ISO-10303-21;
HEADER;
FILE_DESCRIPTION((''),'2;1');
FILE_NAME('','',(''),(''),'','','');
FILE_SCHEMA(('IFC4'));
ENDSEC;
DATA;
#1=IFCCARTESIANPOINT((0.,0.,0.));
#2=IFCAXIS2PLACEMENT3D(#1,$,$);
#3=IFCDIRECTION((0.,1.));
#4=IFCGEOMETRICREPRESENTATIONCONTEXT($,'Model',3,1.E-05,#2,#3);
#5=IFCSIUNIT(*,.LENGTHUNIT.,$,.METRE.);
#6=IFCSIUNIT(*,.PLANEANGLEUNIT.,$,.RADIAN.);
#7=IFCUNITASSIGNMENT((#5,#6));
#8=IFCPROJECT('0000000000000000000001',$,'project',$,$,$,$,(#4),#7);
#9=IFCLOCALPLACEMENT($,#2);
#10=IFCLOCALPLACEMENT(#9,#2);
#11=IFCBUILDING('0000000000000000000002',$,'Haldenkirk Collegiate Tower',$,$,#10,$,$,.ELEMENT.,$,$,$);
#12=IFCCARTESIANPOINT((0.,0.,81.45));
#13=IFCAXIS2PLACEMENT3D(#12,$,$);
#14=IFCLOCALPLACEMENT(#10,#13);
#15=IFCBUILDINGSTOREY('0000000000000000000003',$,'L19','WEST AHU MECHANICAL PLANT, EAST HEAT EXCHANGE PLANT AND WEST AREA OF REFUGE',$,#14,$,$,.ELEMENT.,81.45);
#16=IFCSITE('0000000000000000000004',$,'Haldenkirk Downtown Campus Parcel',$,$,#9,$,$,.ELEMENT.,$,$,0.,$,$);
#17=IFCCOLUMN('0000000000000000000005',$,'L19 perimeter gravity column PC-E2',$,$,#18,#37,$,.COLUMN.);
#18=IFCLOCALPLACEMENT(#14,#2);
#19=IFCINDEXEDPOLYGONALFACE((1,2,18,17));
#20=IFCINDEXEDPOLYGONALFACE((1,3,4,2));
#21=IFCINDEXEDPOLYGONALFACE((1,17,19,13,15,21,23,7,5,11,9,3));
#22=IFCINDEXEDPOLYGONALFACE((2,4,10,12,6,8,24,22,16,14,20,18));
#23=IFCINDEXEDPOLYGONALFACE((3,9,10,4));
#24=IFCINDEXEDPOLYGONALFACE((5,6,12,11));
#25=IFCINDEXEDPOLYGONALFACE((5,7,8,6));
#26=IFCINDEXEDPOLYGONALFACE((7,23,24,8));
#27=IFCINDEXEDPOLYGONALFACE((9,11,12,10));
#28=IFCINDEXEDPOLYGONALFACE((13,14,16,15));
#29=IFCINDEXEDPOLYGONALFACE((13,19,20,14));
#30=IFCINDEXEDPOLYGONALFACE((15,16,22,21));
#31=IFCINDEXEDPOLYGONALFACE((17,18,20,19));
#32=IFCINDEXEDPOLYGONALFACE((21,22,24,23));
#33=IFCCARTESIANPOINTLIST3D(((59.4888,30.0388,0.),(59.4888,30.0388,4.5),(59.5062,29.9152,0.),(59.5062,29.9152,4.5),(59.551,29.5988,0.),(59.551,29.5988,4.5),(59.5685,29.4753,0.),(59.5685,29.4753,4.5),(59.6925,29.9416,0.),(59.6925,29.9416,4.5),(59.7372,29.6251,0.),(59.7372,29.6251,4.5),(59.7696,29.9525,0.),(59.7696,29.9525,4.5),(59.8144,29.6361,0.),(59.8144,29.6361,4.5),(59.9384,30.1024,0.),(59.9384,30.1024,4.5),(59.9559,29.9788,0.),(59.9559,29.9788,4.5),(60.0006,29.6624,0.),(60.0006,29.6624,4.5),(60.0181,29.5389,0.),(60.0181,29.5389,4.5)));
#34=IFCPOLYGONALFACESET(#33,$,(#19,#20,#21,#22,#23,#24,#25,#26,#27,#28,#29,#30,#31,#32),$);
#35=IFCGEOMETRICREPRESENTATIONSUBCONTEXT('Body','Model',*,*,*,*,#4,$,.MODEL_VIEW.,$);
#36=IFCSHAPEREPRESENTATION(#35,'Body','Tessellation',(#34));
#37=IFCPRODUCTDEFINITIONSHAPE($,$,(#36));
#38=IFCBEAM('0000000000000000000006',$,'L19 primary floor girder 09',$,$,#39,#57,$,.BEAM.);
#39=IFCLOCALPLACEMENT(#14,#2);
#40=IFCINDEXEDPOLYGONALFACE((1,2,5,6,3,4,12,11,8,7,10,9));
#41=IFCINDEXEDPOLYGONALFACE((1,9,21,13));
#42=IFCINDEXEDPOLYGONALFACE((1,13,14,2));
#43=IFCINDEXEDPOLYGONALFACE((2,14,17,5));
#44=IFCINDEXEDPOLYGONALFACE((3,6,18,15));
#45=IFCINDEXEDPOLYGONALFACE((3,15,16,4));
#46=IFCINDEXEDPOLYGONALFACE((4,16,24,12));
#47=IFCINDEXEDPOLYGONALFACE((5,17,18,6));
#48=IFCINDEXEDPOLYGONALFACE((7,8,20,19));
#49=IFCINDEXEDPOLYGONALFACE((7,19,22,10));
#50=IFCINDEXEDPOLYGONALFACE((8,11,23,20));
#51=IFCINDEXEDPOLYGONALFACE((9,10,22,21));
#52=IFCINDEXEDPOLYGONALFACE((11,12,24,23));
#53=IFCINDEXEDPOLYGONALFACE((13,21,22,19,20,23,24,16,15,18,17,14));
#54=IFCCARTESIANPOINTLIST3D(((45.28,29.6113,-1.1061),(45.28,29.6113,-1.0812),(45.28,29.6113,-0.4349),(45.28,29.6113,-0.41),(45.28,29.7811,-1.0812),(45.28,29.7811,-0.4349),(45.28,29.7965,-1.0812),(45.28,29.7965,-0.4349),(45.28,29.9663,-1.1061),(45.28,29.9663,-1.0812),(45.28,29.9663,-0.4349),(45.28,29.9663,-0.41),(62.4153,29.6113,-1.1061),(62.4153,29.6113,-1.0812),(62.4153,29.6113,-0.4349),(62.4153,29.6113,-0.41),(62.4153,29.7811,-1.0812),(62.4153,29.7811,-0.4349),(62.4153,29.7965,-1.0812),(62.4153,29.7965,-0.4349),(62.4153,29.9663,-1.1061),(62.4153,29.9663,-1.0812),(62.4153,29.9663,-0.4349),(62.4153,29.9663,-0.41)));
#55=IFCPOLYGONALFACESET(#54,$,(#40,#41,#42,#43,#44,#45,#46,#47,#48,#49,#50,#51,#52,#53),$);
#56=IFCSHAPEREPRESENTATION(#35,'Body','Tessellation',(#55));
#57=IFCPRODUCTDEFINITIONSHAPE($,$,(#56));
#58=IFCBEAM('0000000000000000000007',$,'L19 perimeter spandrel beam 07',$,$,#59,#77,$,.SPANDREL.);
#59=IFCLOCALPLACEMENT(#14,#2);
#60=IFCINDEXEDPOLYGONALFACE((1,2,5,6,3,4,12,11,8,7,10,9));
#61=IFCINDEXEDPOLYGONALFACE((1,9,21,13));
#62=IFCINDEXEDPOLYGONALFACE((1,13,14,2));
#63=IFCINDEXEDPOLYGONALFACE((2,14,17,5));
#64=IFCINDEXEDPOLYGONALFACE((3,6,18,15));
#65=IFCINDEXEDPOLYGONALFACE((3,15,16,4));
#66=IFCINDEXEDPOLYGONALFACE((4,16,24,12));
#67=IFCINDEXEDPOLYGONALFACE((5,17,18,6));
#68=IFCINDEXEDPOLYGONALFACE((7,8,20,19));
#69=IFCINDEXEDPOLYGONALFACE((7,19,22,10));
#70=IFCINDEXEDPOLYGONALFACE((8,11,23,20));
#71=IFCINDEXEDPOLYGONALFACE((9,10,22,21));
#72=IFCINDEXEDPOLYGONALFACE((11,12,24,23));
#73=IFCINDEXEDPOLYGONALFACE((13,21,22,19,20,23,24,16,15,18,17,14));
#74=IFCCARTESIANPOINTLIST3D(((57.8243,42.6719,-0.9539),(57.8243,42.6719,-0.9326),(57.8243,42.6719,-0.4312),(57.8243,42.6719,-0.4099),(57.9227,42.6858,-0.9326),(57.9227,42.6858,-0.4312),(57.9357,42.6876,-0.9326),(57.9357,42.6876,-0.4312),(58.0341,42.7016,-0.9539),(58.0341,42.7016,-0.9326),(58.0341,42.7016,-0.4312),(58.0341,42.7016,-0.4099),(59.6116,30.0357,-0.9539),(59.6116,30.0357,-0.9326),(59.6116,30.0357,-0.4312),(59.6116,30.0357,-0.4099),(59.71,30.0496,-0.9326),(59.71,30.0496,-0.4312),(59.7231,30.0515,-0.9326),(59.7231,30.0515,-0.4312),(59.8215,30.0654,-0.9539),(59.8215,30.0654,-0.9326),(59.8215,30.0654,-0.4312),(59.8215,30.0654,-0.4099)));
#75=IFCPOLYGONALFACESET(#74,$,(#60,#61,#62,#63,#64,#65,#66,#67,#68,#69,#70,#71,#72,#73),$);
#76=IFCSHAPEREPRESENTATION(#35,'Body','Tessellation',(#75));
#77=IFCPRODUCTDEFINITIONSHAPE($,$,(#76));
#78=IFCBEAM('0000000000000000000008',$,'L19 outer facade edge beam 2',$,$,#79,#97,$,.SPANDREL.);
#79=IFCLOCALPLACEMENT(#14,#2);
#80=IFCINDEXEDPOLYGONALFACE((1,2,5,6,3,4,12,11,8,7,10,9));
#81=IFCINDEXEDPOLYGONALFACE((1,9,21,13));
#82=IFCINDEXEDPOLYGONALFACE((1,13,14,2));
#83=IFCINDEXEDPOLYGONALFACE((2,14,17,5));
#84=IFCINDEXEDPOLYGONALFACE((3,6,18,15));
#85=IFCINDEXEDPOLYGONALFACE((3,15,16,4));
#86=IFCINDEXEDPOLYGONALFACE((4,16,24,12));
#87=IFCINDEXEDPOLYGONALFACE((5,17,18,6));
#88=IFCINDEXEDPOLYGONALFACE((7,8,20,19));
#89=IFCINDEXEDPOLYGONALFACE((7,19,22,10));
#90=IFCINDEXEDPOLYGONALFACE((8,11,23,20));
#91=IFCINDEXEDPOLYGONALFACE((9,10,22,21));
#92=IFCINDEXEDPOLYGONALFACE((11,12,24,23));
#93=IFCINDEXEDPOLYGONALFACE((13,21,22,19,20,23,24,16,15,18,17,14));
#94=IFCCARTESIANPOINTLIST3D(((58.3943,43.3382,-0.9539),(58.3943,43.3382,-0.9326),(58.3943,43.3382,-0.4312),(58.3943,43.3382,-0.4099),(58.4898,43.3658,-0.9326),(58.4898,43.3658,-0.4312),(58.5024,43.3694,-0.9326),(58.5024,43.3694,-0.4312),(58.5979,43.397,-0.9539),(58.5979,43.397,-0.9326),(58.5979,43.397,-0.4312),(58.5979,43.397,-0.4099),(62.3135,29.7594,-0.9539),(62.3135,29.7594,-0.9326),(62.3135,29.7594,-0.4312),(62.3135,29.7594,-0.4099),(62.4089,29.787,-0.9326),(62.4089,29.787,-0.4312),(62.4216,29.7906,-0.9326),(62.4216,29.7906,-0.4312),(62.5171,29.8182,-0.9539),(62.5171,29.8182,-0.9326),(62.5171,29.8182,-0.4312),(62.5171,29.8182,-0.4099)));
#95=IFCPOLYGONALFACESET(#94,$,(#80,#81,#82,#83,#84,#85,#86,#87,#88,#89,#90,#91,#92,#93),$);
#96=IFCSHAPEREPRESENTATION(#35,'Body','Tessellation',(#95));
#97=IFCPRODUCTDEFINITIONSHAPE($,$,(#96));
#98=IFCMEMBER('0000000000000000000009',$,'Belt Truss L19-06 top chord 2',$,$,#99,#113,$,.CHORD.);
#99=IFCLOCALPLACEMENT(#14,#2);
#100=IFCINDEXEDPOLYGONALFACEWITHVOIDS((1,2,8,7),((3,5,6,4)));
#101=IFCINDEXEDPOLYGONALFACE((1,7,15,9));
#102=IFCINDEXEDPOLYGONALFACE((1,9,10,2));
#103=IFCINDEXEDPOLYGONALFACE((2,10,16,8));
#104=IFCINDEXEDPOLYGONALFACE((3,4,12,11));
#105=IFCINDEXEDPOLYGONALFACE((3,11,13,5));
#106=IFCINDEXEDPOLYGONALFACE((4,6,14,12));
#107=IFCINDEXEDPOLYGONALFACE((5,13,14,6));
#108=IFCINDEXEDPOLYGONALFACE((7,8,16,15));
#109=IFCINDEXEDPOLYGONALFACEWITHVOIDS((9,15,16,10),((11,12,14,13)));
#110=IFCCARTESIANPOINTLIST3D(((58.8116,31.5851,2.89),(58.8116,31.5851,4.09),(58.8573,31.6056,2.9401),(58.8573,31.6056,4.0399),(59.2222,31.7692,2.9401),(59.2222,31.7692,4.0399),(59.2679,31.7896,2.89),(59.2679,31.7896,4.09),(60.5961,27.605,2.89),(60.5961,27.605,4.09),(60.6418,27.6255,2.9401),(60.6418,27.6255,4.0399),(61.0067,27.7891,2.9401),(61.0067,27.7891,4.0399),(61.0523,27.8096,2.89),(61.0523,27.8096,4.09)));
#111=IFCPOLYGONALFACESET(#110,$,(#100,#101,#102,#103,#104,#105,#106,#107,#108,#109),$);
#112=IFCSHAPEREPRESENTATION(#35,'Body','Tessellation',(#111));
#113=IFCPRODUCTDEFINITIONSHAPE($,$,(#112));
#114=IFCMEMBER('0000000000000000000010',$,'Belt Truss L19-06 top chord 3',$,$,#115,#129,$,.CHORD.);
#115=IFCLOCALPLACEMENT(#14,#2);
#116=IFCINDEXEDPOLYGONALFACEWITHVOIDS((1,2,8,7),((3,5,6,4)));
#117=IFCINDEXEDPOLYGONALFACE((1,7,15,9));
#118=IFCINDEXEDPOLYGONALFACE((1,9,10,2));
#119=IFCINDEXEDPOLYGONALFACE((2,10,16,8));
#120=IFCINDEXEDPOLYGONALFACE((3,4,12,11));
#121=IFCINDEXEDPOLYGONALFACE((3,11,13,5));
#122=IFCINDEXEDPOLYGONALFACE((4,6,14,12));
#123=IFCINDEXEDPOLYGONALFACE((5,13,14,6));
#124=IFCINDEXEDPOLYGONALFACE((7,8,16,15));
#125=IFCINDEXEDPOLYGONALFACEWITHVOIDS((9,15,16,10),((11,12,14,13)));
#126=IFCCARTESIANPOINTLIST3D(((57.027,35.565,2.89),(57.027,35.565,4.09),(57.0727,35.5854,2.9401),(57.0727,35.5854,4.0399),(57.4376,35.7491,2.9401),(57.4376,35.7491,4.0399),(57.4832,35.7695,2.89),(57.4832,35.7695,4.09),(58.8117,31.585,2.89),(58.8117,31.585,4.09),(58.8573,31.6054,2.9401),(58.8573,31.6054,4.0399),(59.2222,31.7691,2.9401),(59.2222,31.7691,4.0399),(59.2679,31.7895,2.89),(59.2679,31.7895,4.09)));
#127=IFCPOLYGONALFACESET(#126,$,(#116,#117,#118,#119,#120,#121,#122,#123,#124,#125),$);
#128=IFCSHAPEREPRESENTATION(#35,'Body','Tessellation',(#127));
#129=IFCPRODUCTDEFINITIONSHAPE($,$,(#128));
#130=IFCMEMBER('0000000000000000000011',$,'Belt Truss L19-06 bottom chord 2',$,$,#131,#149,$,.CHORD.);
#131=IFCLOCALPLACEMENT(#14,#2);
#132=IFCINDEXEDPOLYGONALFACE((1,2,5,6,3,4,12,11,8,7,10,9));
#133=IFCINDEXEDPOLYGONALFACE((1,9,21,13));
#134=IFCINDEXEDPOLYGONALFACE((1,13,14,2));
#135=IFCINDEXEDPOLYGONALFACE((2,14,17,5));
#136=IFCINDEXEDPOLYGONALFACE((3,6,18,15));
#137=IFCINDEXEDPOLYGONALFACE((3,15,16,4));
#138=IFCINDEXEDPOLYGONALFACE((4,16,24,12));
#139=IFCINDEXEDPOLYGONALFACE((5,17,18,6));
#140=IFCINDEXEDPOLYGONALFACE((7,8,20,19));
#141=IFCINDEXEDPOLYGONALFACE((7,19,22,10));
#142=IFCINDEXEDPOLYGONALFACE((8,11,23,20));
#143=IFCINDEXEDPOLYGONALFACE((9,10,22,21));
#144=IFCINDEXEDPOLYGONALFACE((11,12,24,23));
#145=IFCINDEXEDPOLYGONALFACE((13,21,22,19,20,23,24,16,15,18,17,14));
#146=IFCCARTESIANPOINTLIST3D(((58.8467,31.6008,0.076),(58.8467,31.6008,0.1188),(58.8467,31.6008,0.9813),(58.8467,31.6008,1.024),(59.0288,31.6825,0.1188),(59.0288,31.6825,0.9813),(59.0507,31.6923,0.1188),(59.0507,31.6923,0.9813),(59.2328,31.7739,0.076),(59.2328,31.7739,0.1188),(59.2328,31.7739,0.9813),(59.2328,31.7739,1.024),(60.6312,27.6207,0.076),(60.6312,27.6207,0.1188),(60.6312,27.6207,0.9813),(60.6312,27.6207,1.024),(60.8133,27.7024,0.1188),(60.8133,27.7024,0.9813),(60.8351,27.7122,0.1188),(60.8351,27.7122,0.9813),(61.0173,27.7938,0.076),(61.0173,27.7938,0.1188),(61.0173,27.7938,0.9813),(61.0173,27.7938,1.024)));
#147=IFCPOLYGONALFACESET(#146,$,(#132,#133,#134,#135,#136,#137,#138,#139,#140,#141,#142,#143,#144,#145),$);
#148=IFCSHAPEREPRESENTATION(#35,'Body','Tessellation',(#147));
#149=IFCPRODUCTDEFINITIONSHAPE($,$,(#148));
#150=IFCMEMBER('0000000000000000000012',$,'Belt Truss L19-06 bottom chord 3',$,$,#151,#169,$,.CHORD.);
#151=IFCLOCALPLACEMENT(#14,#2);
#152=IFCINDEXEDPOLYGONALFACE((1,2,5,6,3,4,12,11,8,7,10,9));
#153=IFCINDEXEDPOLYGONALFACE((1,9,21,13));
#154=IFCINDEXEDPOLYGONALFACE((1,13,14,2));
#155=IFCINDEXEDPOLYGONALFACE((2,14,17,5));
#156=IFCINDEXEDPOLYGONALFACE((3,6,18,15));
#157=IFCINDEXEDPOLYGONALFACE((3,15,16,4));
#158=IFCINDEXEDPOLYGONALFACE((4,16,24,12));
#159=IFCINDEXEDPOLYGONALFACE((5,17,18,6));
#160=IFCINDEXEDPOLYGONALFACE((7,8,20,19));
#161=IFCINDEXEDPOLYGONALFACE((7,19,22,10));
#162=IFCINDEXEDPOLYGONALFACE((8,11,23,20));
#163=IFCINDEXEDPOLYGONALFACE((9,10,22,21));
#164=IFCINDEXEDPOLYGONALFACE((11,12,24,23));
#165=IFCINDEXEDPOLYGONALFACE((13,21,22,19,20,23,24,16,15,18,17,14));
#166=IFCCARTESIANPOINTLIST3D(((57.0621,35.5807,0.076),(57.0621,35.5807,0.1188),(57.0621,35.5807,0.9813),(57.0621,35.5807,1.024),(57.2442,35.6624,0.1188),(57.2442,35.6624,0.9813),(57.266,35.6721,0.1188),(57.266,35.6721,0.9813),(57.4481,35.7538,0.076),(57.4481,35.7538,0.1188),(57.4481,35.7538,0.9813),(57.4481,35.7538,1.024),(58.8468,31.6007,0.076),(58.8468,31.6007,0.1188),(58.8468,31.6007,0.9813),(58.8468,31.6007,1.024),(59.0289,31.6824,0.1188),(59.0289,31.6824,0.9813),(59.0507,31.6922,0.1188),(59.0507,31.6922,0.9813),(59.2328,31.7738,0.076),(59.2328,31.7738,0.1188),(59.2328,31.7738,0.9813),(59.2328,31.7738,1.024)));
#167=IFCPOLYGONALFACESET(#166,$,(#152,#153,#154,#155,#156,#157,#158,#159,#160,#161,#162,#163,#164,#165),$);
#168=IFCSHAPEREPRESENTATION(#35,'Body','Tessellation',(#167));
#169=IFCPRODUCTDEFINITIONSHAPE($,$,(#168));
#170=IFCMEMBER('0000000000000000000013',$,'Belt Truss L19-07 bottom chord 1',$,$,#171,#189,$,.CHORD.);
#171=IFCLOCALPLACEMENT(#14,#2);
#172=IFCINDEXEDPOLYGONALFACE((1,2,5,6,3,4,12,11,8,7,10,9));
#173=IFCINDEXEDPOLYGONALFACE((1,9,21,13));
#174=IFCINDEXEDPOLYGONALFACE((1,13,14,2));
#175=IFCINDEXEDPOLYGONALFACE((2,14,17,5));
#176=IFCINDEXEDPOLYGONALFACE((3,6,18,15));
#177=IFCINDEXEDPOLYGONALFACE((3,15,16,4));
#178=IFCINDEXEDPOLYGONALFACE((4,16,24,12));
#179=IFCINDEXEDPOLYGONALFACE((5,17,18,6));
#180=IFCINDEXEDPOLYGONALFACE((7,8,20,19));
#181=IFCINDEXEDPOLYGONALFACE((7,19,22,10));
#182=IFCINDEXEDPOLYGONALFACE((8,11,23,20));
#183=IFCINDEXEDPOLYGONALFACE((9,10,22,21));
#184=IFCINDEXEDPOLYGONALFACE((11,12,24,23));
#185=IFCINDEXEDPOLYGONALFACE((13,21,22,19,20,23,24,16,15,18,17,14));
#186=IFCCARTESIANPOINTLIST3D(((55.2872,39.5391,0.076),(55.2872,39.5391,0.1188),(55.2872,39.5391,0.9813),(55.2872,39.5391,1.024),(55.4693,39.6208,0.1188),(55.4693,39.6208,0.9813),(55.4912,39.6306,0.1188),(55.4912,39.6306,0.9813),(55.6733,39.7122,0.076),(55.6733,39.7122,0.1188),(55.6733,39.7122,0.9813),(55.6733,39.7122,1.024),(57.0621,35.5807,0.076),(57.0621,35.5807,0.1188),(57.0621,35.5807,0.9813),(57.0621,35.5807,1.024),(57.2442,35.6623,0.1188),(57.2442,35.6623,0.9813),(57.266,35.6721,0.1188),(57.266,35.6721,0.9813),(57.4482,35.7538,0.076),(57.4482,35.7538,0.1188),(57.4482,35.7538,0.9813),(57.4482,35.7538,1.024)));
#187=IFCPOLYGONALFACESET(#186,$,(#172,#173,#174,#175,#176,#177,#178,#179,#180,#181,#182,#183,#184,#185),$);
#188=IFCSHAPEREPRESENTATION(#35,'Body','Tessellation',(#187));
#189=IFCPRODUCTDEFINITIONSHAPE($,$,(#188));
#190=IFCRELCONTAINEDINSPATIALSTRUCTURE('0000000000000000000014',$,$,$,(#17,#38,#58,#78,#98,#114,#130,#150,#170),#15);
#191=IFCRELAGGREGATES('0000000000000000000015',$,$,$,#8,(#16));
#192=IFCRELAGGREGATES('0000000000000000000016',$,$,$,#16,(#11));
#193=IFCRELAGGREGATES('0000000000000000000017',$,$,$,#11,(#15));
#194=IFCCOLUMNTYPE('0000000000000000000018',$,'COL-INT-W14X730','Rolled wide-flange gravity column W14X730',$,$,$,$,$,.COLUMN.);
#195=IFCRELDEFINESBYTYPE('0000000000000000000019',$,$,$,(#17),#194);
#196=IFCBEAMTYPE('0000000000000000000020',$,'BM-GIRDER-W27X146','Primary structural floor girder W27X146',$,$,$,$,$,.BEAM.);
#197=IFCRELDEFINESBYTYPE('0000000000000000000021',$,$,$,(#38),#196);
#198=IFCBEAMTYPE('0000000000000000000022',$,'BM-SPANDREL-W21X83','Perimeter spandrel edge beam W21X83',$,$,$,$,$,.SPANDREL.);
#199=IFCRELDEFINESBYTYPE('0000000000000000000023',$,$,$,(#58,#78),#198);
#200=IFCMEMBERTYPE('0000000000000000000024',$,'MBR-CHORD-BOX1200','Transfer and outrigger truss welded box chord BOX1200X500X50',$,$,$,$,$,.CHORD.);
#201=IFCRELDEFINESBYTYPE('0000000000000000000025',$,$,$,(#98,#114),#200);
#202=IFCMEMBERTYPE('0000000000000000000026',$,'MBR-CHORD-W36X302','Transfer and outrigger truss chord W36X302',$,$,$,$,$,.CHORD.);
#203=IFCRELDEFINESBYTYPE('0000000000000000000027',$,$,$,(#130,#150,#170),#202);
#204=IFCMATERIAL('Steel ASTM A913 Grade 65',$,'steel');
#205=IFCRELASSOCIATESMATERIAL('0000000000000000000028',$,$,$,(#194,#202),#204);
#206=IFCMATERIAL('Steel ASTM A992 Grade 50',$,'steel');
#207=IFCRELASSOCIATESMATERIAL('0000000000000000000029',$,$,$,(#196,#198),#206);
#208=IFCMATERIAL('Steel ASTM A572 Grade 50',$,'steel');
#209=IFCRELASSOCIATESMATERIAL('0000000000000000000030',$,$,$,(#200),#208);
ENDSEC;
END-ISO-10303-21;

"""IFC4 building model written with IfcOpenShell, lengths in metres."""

from ifc_helpers import new_model, si_unit, direction, frame, origin, origin_2d, place, context, subcontext, project, spatial, hollow_rectangle, i_section, extrude, material, material_profile, profile_set, type_object, element, save


model = new_model("IFC4")

# Units and contexts
model_context = context("Model", 3, precision=1e-05, world=origin(), true_north=direction((0.0, 1.0)))
body_context = subcontext(model_context, "Body", "Model", "MODEL_VIEW")
ifc_project = project(units=[si_unit("LENGTHUNIT", "METRE"), si_unit("PLANEANGLEUNIT", "RADIAN")], contexts=[model_context])

# Site, building, storey
site_placement = place(None, origin())
site = spatial("IfcSite", under=ifc_project, at=site_placement, Name="Haldenkirk Downtown Campus Parcel", CompositionType="ELEMENT", RefElevation=0.0)
building_placement = place(site_placement, origin())
building = spatial("IfcBuilding", under=site, at=building_placement, Name="Haldenkirk Collegiate Tower", CompositionType="ELEMENT")
storey_placement = place(building_placement, frame((0.0, 0.0, 81.45)))
storey = spatial("IfcBuildingStorey", under=building, at=storey_placement, Name="L19", Description="WEST AHU MECHANICAL PLANT, EAST HEAT EXCHANGE PLANT AND WEST AREA OF REFUGE", CompositionType="ELEMENT", Elevation=81.45)

# Column
ifc_material_1 = material(Name="Steel ASTM A913 Grade 65", Category="steel")
ifc_material_profile_1 = material_profile(ifc_material_1, i_section(OverallWidth=0.4541, OverallDepth=0.5691, WebThickness=0.0779, FlangeThickness=0.1248, at=origin_2d()), Name="W14X730")
ifc_profile_set_1 = profile_set([ifc_material_profile_1], Name="Steel ASTM A913 Grade 65")
column_type = type_object("IfcColumnType", Name="COL-INT-W14X730", Description="Rolled wide-flange gravity column W14X730", PredefinedType="COLUMN", material=ifc_profile_set_1)
column_placement = place(storey_placement, frame((59.7534, 29.7888, 0.0), z_axis=(0.0, 0.0, 1.0), x_axis=(0.990146, 0.140037, 0.0)))
element("IfcColumn", 1, at=column_placement, inside=storey, type_object=column_type, Name="L19 perimeter gravity column PC-E2", PredefinedType="COLUMN", context=body_context, shape_type="SweptSolid", body=[
    extrude(i_section(OverallWidth=0.4541, OverallDepth=0.5691, WebThickness=0.0779, FlangeThickness=0.1248, at=origin_2d()), origin(), (0.0, 0.0, 1.0), 4.5),
])

# Beams
ifc_material_2 = material(Name="Steel ASTM A992 Grade 50", Category="steel")
ifc_material_profile_2 = material_profile(ifc_material_2, i_section(OverallWidth=0.355, OverallDepth=0.696, WebThickness=0.0154, FlangeThickness=0.0249, at=origin_2d()), Name="W27X146")
ifc_profile_set_2 = profile_set([ifc_material_profile_2], Name="Steel ASTM A992 Grade 50")
beam_type_1 = type_object("IfcBeamType", Name="BM-GIRDER-W27X146", Description="Primary structural floor girder W27X146", PredefinedType="BEAM", material=ifc_profile_set_2)
beam_1_placement = place(storey_placement, frame((62.4153, 29.7888, -0.7581), z_axis=(-1.0, 0.0, 0.0), x_axis=(0.0, -1.0, 0.0)))
element("IfcBeam", 2, at=beam_1_placement, inside=storey, type_object=beam_type_1, Name="L19 primary floor girder 09", PredefinedType="BEAM", context=body_context, shape_type="SweptSolid", body=[
    extrude(i_section(OverallWidth=0.355, OverallDepth=0.696, WebThickness=0.0154, FlangeThickness=0.0249, at=origin_2d()), origin(), (0.0, 0.0, 1.0), 17.1353),
])
ifc_material_profile_3 = material_profile(ifc_material_2, i_section(OverallWidth=0.2119, OverallDepth=0.5439, WebThickness=0.0132, FlangeThickness=0.0212, at=origin_2d()), Name="W21X83")
ifc_profile_set_3 = profile_set([ifc_material_profile_3], Name="Steel ASTM A992 Grade 50")
beam_type_2 = type_object("IfcBeamType", Name="BM-SPANDREL-W21X83", Description="Perimeter spandrel edge beam W21X83", PredefinedType="SPANDREL", material=ifc_profile_set_3)
beam_2_placement = place(storey_placement, frame((59.7166, 30.0505, -0.6819), z_axis=(-0.140053, 0.990144, 0.0), x_axis=(-0.990144, -0.140053, 0.0)))
element("IfcBeam", 3, at=beam_2_placement, inside=storey, type_object=beam_type_2, Name="L19 perimeter spandrel beam 07", PredefinedType="SPANDREL", context=body_context, shape_type="SweptSolid", body=[
    extrude(i_section(OverallWidth=0.2119, OverallDepth=0.5439, WebThickness=0.0132, FlangeThickness=0.0212, at=origin_2d()), origin(), (0.0, 0.0, 1.0), 12.762),
])
beam_3_placement = place(storey_placement, frame((62.4153, 29.7888, -0.6819), z_axis=(-0.277305, 0.960782, 0.0), x_axis=(-0.960782, -0.277305, 0.0)))
element("IfcBeam", 4, at=beam_3_placement, inside=storey, type_object=beam_type_2, Name="L19 outer facade edge beam 2", PredefinedType="SPANDREL", context=body_context, shape_type="SweptSolid", body=[
    extrude(i_section(OverallWidth=0.2119, OverallDepth=0.5439, WebThickness=0.0132, FlangeThickness=0.0212, at=origin_2d()), origin(), (0.0, 0.0, 1.0), 14.1331),
])

# Members
ifc_material_3 = material(Name="Steel ASTM A572 Grade 50", Category="steel")
ifc_material_profile_4 = material_profile(ifc_material_3, hollow_rectangle(XDim=0.5, YDim=1.2, WallThickness=0.05, at=origin_2d()), Name="BOX1200X500X50")
ifc_profile_set_4 = profile_set([ifc_material_profile_4], Name="Steel ASTM A572 Grade 50")
member_type_1 = type_object("IfcMemberType", Name="MBR-CHORD-BOX1200", Description="Transfer and outrigger truss welded box chord BOX1200X500X50", PredefinedType="CHORD", material=ifc_profile_set_4)
for number, where, z_axis, x_axis, name in (
    (5, (60.8242, 27.7073, 3.49), (-0.409112, 0.912484, 0.0), (-0.912484, -0.409112, 0.0), "Belt Truss L19-06 top chord 2"),
    (6, (59.0398, 31.6873, 3.49), (-0.409159, 0.912463, 0.0), (-0.912463, -0.409159, 0.0), "Belt Truss L19-06 top chord 3"),
):
    element("IfcMember", number, at=place(storey_placement, frame(where, z_axis=z_axis, x_axis=x_axis)), inside=storey, type_object=member_type_1, Name=name, PredefinedType="CHORD", context=body_context, shape_type="SweptSolid", body=[
        extrude(hollow_rectangle(XDim=0.5, YDim=1.2, WallThickness=0.05, at=origin_2d()), origin(), (0.0, 0.0, 1.0), 4.3618),
    ])
ifc_material_profile_5 = material_profile(ifc_material_1, i_section(OverallWidth=0.4231, OverallDepth=0.948, WebThickness=0.0239, FlangeThickness=0.0427, at=origin_2d()), Name="W36X302")
ifc_profile_set_5 = profile_set([ifc_material_profile_5], Name="Steel ASTM A913 Grade 65")
member_type_2 = type_object("IfcMemberType", Name="MBR-CHORD-W36X302", Description="Transfer and outrigger truss chord W36X302", PredefinedType="CHORD", material=ifc_profile_set_5)
for number, where, z_axis, x_axis, name in (
    (7, (60.8242, 27.7073, 0.55), (-0.409112, 0.912484, 0.0), (-0.912484, -0.409112, 0.0), "Belt Truss L19-06 bottom chord 2"),
    (8, (59.0398, 31.6873, 0.55), (-0.409159, 0.912463, 0.0), (-0.912463, -0.409159, 0.0), "Belt Truss L19-06 bottom chord 3"),
):
    element("IfcMember", number, at=place(storey_placement, frame(where, z_axis=z_axis, x_axis=x_axis)), inside=storey, type_object=member_type_2, Name=name, PredefinedType="CHORD", context=body_context, shape_type="SweptSolid", body=[
        extrude(i_section(OverallWidth=0.4231, OverallDepth=0.948, WebThickness=0.0239, FlangeThickness=0.0427, at=origin_2d()), origin(), (0.0, 0.0, 1.0), 4.3618),
    ])
member_1_placement = place(storey_placement, frame((57.2551, 35.6672, 0.55), z_axis=(-0.409133, 0.912475, 0.0), x_axis=(-0.912475, -0.409133, 0.0)))
element("IfcMember", 9, at=member_1_placement, inside=storey, type_object=member_type_2, Name="Belt Truss L19-07 bottom chord 1", PredefinedType="CHORD", context=body_context, shape_type="SweptSolid", body=[
    extrude(i_section(OverallWidth=0.4231, OverallDepth=0.948, WebThickness=0.0239, FlangeThickness=0.0427, at=origin_2d()), origin(), (0.0, 0.0, 1.0), 4.3381),
])

save(model, "model.ifc")
